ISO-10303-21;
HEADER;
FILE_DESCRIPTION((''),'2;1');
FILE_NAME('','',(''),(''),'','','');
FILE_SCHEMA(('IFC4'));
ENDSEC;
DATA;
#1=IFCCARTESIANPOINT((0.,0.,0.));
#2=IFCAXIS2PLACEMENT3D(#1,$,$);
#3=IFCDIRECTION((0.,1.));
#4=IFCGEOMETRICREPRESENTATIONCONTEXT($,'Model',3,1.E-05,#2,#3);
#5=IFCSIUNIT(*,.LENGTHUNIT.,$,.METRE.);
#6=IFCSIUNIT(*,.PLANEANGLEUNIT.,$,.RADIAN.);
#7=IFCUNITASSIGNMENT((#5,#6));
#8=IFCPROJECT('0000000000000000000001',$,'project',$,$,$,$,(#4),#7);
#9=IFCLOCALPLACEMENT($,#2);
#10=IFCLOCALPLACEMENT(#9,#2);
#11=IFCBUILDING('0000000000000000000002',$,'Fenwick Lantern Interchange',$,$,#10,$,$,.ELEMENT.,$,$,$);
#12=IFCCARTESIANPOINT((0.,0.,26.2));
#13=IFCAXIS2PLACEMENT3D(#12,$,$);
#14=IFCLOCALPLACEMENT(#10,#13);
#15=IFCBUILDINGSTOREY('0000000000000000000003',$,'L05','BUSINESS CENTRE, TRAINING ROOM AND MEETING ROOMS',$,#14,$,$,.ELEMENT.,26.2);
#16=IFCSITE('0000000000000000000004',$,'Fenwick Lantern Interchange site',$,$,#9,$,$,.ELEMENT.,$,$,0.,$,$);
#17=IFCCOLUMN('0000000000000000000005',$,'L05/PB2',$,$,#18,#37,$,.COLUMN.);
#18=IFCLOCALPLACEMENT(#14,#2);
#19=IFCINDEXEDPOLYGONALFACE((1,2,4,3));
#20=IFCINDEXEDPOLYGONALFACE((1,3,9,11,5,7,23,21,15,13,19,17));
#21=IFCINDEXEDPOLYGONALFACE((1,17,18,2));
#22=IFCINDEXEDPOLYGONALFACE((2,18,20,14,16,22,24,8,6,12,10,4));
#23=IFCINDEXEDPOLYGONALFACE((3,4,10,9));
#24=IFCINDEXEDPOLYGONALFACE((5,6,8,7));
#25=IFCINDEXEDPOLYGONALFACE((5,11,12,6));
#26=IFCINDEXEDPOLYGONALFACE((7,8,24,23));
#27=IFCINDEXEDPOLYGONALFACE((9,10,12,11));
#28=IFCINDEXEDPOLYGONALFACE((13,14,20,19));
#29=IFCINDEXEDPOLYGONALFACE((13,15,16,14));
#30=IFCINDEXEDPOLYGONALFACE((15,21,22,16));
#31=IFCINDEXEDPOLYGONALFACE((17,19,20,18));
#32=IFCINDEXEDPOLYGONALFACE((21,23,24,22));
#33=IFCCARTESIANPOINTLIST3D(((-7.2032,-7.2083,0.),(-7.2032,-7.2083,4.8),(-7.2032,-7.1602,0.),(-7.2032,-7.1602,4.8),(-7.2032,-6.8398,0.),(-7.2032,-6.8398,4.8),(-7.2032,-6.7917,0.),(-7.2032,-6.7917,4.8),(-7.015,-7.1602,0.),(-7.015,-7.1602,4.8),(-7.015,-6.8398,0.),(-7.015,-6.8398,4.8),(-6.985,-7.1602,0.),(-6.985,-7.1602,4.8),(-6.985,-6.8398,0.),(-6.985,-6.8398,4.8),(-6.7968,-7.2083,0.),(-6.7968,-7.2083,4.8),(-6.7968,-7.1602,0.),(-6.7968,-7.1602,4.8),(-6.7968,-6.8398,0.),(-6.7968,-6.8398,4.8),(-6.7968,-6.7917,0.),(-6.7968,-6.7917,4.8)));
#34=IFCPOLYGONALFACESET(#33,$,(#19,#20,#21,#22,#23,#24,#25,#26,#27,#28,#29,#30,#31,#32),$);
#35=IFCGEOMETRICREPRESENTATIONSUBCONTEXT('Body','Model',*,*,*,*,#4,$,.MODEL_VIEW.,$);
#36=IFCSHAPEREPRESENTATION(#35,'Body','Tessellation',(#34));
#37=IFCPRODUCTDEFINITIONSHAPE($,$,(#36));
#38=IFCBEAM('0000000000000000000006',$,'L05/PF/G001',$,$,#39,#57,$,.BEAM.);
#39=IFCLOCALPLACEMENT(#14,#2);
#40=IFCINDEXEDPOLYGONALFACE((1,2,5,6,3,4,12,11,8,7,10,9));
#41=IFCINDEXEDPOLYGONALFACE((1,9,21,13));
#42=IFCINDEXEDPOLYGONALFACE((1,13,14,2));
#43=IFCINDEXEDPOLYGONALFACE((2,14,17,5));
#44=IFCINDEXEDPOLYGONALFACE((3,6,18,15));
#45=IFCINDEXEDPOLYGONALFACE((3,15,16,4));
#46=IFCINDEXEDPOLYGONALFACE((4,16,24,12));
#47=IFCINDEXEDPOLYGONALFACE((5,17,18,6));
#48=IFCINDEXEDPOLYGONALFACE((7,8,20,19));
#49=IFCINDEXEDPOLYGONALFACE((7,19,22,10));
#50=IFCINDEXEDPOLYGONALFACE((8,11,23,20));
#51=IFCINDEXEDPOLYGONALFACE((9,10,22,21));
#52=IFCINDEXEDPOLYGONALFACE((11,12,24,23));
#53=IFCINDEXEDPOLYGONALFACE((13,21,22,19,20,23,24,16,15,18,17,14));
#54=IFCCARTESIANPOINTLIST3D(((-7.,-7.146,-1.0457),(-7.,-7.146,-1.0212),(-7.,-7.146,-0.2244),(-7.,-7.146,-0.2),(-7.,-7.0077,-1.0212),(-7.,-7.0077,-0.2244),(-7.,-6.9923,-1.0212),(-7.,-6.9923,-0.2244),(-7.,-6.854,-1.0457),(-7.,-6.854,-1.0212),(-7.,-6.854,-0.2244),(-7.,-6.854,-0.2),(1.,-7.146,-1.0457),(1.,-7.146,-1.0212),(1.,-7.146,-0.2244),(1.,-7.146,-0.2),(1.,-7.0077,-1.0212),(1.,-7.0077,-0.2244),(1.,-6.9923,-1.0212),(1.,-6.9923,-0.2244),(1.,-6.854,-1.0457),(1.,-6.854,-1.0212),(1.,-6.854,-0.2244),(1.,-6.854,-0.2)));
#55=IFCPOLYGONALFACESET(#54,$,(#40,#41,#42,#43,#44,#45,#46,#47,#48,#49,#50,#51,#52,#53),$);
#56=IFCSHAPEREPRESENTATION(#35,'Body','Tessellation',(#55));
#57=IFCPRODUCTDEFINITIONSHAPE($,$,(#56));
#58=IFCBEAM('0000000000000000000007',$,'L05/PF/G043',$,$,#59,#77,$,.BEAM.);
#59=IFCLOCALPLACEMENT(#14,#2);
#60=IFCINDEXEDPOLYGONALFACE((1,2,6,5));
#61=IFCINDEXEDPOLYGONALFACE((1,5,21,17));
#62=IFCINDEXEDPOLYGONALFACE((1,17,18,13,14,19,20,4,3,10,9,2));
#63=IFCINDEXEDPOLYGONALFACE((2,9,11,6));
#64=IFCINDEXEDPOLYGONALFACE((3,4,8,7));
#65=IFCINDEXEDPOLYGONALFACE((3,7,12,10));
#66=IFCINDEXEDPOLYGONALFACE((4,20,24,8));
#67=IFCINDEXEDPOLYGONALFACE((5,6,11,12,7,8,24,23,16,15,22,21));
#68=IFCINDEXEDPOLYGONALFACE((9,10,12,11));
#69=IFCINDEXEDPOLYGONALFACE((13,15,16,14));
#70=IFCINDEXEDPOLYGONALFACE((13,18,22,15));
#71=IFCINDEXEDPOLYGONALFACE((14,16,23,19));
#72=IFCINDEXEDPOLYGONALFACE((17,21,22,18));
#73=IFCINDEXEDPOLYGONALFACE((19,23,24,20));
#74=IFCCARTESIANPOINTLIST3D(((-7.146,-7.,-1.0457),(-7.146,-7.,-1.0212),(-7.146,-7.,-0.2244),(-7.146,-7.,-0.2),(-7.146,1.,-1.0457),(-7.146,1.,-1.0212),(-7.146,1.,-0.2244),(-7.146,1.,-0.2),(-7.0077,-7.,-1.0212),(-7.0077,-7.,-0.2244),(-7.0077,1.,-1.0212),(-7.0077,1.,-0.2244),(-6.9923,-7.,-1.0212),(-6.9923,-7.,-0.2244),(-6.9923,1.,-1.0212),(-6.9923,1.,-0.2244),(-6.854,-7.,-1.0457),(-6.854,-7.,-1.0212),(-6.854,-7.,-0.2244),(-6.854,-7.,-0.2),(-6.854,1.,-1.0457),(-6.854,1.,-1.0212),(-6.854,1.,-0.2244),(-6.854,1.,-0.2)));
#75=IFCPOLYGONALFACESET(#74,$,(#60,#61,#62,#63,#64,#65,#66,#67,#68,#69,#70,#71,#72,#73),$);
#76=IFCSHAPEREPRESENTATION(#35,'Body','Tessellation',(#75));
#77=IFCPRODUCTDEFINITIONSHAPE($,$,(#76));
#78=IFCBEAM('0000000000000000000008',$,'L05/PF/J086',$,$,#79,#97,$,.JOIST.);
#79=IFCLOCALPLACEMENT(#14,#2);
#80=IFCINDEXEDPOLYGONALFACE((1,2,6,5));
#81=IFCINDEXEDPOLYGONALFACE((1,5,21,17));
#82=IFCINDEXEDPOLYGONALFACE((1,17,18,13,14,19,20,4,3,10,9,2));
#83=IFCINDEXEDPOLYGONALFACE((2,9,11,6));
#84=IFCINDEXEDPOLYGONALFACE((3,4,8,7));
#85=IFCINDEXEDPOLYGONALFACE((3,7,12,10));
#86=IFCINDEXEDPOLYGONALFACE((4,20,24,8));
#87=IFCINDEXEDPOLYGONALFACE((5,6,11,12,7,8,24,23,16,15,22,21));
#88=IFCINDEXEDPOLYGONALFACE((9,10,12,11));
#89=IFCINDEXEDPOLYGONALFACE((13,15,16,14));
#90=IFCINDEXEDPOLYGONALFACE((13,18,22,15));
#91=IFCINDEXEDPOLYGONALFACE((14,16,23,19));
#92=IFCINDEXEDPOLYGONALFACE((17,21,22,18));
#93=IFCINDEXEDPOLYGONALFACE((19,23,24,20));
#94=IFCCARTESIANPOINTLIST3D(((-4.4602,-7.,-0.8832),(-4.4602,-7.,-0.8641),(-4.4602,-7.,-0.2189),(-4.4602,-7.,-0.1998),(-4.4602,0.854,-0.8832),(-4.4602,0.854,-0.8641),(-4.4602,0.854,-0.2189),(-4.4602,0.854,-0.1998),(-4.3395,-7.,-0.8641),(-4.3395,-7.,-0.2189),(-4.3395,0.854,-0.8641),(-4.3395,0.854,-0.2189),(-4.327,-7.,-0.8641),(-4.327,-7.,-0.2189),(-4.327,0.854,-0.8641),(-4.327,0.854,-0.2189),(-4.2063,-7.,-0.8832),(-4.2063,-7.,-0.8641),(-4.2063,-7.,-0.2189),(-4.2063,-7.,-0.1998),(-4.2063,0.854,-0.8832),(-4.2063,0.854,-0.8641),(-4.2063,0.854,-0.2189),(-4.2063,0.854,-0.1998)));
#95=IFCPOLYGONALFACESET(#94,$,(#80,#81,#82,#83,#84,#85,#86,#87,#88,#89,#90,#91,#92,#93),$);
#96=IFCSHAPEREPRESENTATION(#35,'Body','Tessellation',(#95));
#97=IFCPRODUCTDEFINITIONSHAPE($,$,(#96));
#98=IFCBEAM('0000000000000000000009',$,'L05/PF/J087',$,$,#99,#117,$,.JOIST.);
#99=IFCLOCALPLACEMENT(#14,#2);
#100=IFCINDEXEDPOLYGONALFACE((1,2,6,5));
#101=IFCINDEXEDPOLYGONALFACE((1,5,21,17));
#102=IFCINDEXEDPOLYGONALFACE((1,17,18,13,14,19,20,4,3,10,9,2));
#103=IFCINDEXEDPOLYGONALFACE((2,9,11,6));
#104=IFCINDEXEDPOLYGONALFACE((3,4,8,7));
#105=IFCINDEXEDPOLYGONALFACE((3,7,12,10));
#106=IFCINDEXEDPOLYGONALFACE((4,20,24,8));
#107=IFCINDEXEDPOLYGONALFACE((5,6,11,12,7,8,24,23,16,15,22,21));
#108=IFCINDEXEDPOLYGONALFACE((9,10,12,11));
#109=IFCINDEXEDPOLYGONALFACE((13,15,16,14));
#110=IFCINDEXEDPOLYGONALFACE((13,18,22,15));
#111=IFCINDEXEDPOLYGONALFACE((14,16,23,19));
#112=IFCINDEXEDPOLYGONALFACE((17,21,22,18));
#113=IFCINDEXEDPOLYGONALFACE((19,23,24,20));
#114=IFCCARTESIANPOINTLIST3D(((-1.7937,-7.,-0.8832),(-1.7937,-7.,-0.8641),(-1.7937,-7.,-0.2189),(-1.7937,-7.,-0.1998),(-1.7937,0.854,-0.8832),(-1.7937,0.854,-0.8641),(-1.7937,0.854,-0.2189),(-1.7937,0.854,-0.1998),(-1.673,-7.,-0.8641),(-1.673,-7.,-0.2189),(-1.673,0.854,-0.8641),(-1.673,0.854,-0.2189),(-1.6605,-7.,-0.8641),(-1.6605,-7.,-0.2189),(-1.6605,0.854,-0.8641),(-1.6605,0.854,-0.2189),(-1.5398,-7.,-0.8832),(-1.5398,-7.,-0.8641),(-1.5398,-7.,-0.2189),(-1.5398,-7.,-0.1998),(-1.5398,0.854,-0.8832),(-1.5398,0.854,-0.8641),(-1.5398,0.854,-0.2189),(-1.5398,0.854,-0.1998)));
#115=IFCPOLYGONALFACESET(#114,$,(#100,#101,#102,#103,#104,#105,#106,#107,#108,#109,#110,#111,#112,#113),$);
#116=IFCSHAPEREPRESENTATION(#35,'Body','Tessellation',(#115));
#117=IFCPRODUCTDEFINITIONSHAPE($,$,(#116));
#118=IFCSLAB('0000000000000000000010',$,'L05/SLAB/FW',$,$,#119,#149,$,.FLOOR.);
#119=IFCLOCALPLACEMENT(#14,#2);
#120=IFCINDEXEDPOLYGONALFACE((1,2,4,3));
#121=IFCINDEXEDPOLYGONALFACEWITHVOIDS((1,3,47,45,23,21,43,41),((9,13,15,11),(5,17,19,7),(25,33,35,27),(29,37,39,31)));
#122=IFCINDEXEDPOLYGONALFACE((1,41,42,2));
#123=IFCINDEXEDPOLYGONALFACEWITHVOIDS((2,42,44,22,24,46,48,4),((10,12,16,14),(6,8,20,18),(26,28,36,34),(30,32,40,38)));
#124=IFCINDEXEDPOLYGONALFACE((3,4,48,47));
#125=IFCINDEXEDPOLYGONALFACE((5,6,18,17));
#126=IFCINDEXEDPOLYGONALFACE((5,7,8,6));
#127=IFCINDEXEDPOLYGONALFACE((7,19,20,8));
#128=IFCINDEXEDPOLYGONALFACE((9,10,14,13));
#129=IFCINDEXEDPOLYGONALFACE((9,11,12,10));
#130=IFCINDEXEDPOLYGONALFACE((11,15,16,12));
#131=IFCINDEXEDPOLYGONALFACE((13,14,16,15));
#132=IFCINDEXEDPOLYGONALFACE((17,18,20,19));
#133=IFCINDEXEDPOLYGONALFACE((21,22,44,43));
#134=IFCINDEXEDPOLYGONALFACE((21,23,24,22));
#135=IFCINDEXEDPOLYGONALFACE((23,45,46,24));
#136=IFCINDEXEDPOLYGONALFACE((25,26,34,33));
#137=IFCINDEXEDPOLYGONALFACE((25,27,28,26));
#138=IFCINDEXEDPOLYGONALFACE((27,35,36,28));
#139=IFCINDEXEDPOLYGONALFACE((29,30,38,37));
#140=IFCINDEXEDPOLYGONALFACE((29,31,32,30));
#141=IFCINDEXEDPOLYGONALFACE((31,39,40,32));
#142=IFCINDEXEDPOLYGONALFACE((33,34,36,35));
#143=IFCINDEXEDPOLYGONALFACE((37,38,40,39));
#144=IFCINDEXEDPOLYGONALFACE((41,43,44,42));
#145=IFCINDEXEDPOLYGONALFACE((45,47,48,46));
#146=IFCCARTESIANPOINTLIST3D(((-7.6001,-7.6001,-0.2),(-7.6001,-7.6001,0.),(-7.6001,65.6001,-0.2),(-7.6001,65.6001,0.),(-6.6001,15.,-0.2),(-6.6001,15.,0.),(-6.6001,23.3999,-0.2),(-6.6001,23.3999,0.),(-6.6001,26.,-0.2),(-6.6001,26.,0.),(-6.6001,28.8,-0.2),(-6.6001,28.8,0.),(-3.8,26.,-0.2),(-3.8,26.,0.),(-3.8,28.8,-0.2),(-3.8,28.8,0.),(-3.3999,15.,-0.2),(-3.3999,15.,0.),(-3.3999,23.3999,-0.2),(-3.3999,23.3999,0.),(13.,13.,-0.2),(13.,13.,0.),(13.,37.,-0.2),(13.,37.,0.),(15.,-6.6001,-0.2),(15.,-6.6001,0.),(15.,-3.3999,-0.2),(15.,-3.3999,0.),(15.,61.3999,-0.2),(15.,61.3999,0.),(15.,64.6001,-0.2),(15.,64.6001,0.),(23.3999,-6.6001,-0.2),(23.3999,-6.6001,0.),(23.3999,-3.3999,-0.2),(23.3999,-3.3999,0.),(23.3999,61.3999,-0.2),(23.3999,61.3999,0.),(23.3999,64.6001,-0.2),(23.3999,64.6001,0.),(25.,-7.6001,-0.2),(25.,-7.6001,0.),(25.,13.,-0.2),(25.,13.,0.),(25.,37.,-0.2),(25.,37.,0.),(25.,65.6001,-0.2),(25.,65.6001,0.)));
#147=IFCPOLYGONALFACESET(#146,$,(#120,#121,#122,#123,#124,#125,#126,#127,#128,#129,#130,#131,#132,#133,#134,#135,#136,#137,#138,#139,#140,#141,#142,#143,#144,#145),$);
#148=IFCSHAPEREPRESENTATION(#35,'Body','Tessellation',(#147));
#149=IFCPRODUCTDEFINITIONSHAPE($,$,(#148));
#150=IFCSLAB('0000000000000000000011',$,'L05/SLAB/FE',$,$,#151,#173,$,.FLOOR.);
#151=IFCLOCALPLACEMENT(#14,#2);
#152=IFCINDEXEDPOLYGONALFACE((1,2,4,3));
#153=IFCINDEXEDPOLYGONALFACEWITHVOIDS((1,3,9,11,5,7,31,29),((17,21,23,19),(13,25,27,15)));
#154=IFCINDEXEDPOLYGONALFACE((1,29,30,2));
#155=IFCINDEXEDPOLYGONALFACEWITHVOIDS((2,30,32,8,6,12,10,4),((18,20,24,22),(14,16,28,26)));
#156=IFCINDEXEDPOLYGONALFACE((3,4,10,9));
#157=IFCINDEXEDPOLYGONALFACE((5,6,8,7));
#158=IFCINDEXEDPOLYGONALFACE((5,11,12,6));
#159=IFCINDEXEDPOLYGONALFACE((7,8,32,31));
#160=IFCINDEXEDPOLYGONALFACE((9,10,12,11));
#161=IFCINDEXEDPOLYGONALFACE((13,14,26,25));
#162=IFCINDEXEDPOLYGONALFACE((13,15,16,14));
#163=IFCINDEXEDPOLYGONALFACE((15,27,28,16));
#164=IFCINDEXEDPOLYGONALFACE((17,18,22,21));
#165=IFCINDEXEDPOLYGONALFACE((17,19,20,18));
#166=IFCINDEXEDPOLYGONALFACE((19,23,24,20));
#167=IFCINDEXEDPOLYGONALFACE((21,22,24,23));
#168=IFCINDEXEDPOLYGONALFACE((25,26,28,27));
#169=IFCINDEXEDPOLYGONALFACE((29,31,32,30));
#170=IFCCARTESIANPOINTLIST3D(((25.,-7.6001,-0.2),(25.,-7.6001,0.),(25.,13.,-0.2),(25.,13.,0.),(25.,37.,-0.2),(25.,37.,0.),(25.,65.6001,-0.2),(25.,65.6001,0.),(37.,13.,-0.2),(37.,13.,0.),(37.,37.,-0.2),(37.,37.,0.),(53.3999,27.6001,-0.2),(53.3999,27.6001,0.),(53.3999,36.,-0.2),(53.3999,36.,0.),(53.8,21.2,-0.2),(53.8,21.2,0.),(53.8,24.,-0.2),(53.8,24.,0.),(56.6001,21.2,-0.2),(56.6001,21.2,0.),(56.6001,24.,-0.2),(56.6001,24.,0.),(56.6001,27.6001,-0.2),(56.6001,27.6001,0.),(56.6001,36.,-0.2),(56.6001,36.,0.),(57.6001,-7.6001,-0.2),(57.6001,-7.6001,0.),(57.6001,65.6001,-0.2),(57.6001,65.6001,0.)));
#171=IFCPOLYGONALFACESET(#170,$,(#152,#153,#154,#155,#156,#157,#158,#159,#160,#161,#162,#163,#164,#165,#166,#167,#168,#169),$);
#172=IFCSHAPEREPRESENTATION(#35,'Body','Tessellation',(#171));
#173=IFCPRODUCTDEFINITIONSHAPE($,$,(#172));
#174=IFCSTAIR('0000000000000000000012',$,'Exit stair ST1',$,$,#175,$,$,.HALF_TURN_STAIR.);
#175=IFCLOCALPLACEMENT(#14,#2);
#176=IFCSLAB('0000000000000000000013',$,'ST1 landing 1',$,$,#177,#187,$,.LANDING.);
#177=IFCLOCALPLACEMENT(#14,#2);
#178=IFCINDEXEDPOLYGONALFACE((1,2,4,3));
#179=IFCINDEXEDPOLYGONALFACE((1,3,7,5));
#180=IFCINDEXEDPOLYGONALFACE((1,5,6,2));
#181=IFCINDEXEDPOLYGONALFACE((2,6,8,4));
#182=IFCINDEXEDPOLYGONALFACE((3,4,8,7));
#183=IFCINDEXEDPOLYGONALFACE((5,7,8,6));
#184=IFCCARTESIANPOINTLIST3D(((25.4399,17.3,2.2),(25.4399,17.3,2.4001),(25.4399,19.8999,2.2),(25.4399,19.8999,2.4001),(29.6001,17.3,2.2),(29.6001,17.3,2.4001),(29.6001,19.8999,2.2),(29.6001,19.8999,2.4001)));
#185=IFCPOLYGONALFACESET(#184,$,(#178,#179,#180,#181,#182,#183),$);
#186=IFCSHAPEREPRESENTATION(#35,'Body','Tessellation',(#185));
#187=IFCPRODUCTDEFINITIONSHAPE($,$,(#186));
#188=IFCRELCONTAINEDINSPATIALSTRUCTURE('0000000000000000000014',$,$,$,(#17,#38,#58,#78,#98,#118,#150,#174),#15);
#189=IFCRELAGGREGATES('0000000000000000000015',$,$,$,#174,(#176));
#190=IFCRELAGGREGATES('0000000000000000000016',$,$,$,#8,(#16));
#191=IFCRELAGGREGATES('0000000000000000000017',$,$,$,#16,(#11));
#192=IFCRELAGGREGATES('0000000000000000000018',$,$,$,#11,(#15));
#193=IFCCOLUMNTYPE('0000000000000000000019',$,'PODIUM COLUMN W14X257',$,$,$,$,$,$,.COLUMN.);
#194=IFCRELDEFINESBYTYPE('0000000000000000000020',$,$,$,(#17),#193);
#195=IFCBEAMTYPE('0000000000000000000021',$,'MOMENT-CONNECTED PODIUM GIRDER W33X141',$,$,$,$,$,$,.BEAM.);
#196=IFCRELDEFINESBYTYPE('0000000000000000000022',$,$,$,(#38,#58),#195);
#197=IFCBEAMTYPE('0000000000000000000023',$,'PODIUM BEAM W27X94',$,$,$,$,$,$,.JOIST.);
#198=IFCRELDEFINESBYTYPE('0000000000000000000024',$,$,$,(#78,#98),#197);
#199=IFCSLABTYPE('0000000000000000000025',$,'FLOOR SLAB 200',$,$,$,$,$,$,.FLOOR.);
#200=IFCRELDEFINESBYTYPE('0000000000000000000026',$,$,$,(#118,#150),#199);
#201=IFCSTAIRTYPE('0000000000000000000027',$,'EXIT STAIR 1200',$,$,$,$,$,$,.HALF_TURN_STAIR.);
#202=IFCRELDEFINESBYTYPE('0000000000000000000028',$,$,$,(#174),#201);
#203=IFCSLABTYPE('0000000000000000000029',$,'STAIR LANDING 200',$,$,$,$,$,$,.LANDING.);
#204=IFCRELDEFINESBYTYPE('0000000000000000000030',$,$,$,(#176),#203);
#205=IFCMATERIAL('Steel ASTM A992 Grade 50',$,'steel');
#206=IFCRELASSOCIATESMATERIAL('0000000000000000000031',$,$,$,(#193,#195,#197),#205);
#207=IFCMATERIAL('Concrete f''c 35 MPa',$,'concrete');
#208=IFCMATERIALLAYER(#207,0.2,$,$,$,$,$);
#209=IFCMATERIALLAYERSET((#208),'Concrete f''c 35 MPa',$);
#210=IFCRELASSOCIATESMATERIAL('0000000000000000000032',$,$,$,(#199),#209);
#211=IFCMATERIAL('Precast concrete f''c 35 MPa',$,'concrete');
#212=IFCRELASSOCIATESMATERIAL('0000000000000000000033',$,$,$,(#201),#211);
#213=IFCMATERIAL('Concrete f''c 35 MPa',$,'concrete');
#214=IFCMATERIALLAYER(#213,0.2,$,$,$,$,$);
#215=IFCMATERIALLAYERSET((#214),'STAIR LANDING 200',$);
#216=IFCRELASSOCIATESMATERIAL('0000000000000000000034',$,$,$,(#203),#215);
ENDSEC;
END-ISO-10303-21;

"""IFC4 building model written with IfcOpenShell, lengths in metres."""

from ifc_helpers import new_model, si_unit, direction, frame, origin, origin_2d, place, context, subcontext, project, spatial, polyline, i_section, outline, extrude, material, layer, layer_set, material_profile, profile_set, type_object, element, aggregate, save


model = new_model("IFC4")

# Units and contexts
model_context = context("Model", 3, precision=1e-05, world=origin(), true_north=direction((0.0, 1.0)))
body_context = subcontext(model_context, "Body", "Model", "MODEL_VIEW")
ifc_project = project(units=[si_unit("LENGTHUNIT", "METRE"), si_unit("PLANEANGLEUNIT", "RADIAN")], contexts=[model_context])

# Site, building, storey
site_placement = place(None, origin())
site = spatial("IfcSite", under=ifc_project, at=site_placement, Name="Fenwick Lantern Interchange site", CompositionType="ELEMENT", RefElevation=0.0)
building_placement = place(site_placement, origin())
building = spatial("IfcBuilding", under=site, at=building_placement, Name="Fenwick Lantern Interchange", CompositionType="ELEMENT")
storey_placement = place(building_placement, frame((0.0, 0.0, 26.2)))
storey = spatial("IfcBuildingStorey", under=building, at=storey_placement, Name="L05", Description="BUSINESS CENTRE, TRAINING ROOM AND MEETING ROOMS", CompositionType="ELEMENT", Elevation=26.2)

# Column
ifc_material_1 = material(Name="Steel ASTM A992 Grade 50", Category="steel")
ifc_material_profile_1 = material_profile(ifc_material_1, i_section(OverallWidth=0.4065, OverallDepth=0.4165, WebThickness=0.03, FlangeThickness=0.0481, at=origin_2d()), Name="W14X257")
ifc_profile_set_1 = profile_set([ifc_material_profile_1], Name="Steel ASTM A992 Grade 50")
column_type = type_object("IfcColumnType", Name="PODIUM COLUMN W14X257", PredefinedType="COLUMN", material=ifc_profile_set_1)
column_placement = place(storey_placement, frame((-7.0, -7.0, 0.0), z_axis=(0.0, 0.0, 1.0), x_axis=(1.0, 0.0, 0.0)))
element("IfcColumn", 1, at=column_placement, inside=storey, type_object=column_type, Name="L05/PB2", PredefinedType="COLUMN", context=body_context, shape_type="SweptSolid", body=[
    extrude(i_section(OverallWidth=0.4065, OverallDepth=0.4165, WebThickness=0.03, FlangeThickness=0.0481, at=origin_2d()), origin(), (0.0, 0.0, 1.0), 4.8),
])

# Beams
ifc_material_profile_2 = material_profile(ifc_material_1, i_section(OverallWidth=0.292, OverallDepth=0.8457, WebThickness=0.0154, FlangeThickness=0.0244, at=origin_2d()), Name="W33X141")
ifc_profile_set_2 = profile_set([ifc_material_profile_2], Name="Steel ASTM A992 Grade 50")
beam_type_1 = type_object("IfcBeamType", Name="MOMENT-CONNECTED PODIUM GIRDER W33X141", PredefinedType="BEAM", material=ifc_profile_set_2)
for number, where, z_axis, x_axis, name in (
    (2, (-7.0, -7.0, -0.6228), (1.0, 0.0, 0.0), (0.0, 1.0, 0.0), "L05/PF/G001"),
    (3, (-7.0, -7.0, -0.6228), (0.0, 1.0, 0.0), (-1.0, 0.0, 0.0), "L05/PF/G043"),
):
    element("IfcBeam", number, at=place(storey_placement, frame(where, z_axis=z_axis, x_axis=x_axis)), inside=storey, type_object=beam_type_1, Name=name, PredefinedType="BEAM", context=body_context, shape_type="SweptSolid", body=[
        extrude(i_section(OverallWidth=0.292, OverallDepth=0.8457, WebThickness=0.0154, FlangeThickness=0.0244, at=origin_2d()), origin(), (0.0, 0.0, 1.0), 8.0),
    ])
ifc_material_profile_3 = material_profile(ifc_material_1, i_section(OverallWidth=0.2539, OverallDepth=0.6833, WebThickness=0.0125, FlangeThickness=0.019, at=origin_2d()), Name="W27X94")
ifc_profile_set_3 = profile_set([ifc_material_profile_3], Name="Steel ASTM A992 Grade 50")
beam_type_2 = type_object("IfcBeamType", Name="PODIUM BEAM W27X94", PredefinedType="JOIST", material=ifc_profile_set_3)
for number, where, z_axis, x_axis, name in (
    (4, (-4.3333, -7.0, -0.5415), (0.0, 1.0, 0.0), (-1.0, 0.0, 0.0), "L05/PF/J086"),
    (5, (-1.6667, -7.0, -0.5415), (0.0, 1.0, 0.0), (-1.0, 0.0, 0.0), "L05/PF/J087"),
):
    element("IfcBeam", number, at=place(storey_placement, frame(where, z_axis=z_axis, x_axis=x_axis)), inside=storey, type_object=beam_type_2, Name=name, PredefinedType="JOIST", context=body_context, shape_type="SweptSolid", body=[
        extrude(i_section(OverallWidth=0.2539, OverallDepth=0.6833, WebThickness=0.0125, FlangeThickness=0.019, at=origin_2d()), origin(), (0.0, 0.0, 1.0), 7.854),
    ])

# Slabs
ifc_material_2 = material(Name="Concrete f'c 35 MPa", Category="concrete")
ifc_layer_1 = layer(ifc_material_2, 0.2)
ifc_layer_set_1 = layer_set([ifc_layer_1], Name="Concrete f'c 35 MPa")
slab_type_1 = type_object("IfcSlabType", Name="FLOOR SLAB 200", PredefinedType="FLOOR", material=ifc_layer_set_1)
slab_1_placement = place(storey_placement, frame((0.0, 0.0, -0.2)))
element("IfcSlab", 6, at=slab_1_placement, inside=storey, type_object=slab_type_1, Name="L05/SLAB/FW", PredefinedType="FLOOR", context=body_context, shape_type="SweptSolid", body=[
    extrude(outline(polyline([(-7.6001, -7.6001), (-7.6001, 65.6001), (25.0, 65.6001), (25.0, 37.0), (13.0, 37.0), (13.0, 13.0), (25.0, 13.0), (25.0, -7.6001), (-7.6001, -7.6001)]), holes=[polyline([(23.3999, 61.3999), (23.3999, 64.6001), (15.0, 64.6001), (15.0, 61.3999), (23.3999, 61.3999)]), polyline([(23.3999, -6.6001), (23.3999, -3.3999), (15.0, -3.3999), (15.0, -6.6001), (23.3999, -6.6001)]), polyline([(-3.3999, 15.0), (-3.3999, 23.3999), (-6.6001, 23.3999), (-6.6001, 15.0), (-3.3999, 15.0)]), polyline([(-3.8, 26.0), (-3.8, 28.8), (-6.6001, 28.8), (-6.6001, 26.0), (-3.8, 26.0)])]), origin(), (0.0, 0.0, 1.0), 0.2),
])
slab_2_placement = place(storey_placement, frame((0.0, 0.0, -0.2)))
element("IfcSlab", 7, at=slab_2_placement, inside=storey, type_object=slab_type_1, Name="L05/SLAB/FE", PredefinedType="FLOOR", context=body_context, shape_type="SweptSolid", body=[
    extrude(outline(polyline([(57.6001, 65.6001), (57.6001, -7.6001), (25.0, -7.6001), (25.0, 13.0), (37.0, 13.0), (37.0, 37.0), (25.0, 37.0), (25.0, 65.6001), (57.6001, 65.6001)]), holes=[polyline([(56.6001, 27.6001), (56.6001, 36.0), (53.3999, 36.0), (53.3999, 27.6001), (56.6001, 27.6001)]), polyline([(56.6001, 21.2), (56.6001, 24.0), (53.8, 24.0), (53.8, 21.2), (56.6001, 21.2)])]), origin(), (0.0, 0.0, 1.0), 0.2),
])

# Stair, slab
ifc_material_3 = material(Name="Precast concrete f'c 35 MPa", Category="concrete")
stair_type = type_object("IfcStairType", Name="EXIT STAIR 1200", PredefinedType="HALF_TURN_STAIR", material=ifc_material_3)
stair_1_placement = place(storey_placement, origin())
stair_1 = element("IfcStair", 8, at=stair_1_placement, inside=storey, type_object=stair_type, Name="Exit stair ST1", PredefinedType="HALF_TURN_STAIR")
ifc_material_4 = material(Name="Concrete f'c 35 MPa", Category="concrete")
ifc_layer_2 = layer(ifc_material_4, 0.2)
ifc_layer_set_2 = layer_set([ifc_layer_2], Name="STAIR LANDING 200")
slab_type_2 = type_object("IfcSlabType", Name="STAIR LANDING 200", PredefinedType="LANDING", material=ifc_layer_set_2)
slab_3_placement = place(storey_placement, frame((0.0, 0.0, 2.2)))
slab_3 = element("IfcSlab", 9, at=slab_3_placement, type_object=slab_type_2, Name="ST1 landing 1", PredefinedType="LANDING", context=body_context, shape_type="SweptSolid", body=[
    extrude(outline(polyline([(25.4399, 17.3), (29.6001, 17.3), (29.6001, 19.8999), (25.4399, 19.8999), (25.4399, 17.3)])), origin(), (0.0, 0.0, 1.0), 0.2002),
])
aggregate(stair_1, [slab_3])

save(model, "model.ifc")
